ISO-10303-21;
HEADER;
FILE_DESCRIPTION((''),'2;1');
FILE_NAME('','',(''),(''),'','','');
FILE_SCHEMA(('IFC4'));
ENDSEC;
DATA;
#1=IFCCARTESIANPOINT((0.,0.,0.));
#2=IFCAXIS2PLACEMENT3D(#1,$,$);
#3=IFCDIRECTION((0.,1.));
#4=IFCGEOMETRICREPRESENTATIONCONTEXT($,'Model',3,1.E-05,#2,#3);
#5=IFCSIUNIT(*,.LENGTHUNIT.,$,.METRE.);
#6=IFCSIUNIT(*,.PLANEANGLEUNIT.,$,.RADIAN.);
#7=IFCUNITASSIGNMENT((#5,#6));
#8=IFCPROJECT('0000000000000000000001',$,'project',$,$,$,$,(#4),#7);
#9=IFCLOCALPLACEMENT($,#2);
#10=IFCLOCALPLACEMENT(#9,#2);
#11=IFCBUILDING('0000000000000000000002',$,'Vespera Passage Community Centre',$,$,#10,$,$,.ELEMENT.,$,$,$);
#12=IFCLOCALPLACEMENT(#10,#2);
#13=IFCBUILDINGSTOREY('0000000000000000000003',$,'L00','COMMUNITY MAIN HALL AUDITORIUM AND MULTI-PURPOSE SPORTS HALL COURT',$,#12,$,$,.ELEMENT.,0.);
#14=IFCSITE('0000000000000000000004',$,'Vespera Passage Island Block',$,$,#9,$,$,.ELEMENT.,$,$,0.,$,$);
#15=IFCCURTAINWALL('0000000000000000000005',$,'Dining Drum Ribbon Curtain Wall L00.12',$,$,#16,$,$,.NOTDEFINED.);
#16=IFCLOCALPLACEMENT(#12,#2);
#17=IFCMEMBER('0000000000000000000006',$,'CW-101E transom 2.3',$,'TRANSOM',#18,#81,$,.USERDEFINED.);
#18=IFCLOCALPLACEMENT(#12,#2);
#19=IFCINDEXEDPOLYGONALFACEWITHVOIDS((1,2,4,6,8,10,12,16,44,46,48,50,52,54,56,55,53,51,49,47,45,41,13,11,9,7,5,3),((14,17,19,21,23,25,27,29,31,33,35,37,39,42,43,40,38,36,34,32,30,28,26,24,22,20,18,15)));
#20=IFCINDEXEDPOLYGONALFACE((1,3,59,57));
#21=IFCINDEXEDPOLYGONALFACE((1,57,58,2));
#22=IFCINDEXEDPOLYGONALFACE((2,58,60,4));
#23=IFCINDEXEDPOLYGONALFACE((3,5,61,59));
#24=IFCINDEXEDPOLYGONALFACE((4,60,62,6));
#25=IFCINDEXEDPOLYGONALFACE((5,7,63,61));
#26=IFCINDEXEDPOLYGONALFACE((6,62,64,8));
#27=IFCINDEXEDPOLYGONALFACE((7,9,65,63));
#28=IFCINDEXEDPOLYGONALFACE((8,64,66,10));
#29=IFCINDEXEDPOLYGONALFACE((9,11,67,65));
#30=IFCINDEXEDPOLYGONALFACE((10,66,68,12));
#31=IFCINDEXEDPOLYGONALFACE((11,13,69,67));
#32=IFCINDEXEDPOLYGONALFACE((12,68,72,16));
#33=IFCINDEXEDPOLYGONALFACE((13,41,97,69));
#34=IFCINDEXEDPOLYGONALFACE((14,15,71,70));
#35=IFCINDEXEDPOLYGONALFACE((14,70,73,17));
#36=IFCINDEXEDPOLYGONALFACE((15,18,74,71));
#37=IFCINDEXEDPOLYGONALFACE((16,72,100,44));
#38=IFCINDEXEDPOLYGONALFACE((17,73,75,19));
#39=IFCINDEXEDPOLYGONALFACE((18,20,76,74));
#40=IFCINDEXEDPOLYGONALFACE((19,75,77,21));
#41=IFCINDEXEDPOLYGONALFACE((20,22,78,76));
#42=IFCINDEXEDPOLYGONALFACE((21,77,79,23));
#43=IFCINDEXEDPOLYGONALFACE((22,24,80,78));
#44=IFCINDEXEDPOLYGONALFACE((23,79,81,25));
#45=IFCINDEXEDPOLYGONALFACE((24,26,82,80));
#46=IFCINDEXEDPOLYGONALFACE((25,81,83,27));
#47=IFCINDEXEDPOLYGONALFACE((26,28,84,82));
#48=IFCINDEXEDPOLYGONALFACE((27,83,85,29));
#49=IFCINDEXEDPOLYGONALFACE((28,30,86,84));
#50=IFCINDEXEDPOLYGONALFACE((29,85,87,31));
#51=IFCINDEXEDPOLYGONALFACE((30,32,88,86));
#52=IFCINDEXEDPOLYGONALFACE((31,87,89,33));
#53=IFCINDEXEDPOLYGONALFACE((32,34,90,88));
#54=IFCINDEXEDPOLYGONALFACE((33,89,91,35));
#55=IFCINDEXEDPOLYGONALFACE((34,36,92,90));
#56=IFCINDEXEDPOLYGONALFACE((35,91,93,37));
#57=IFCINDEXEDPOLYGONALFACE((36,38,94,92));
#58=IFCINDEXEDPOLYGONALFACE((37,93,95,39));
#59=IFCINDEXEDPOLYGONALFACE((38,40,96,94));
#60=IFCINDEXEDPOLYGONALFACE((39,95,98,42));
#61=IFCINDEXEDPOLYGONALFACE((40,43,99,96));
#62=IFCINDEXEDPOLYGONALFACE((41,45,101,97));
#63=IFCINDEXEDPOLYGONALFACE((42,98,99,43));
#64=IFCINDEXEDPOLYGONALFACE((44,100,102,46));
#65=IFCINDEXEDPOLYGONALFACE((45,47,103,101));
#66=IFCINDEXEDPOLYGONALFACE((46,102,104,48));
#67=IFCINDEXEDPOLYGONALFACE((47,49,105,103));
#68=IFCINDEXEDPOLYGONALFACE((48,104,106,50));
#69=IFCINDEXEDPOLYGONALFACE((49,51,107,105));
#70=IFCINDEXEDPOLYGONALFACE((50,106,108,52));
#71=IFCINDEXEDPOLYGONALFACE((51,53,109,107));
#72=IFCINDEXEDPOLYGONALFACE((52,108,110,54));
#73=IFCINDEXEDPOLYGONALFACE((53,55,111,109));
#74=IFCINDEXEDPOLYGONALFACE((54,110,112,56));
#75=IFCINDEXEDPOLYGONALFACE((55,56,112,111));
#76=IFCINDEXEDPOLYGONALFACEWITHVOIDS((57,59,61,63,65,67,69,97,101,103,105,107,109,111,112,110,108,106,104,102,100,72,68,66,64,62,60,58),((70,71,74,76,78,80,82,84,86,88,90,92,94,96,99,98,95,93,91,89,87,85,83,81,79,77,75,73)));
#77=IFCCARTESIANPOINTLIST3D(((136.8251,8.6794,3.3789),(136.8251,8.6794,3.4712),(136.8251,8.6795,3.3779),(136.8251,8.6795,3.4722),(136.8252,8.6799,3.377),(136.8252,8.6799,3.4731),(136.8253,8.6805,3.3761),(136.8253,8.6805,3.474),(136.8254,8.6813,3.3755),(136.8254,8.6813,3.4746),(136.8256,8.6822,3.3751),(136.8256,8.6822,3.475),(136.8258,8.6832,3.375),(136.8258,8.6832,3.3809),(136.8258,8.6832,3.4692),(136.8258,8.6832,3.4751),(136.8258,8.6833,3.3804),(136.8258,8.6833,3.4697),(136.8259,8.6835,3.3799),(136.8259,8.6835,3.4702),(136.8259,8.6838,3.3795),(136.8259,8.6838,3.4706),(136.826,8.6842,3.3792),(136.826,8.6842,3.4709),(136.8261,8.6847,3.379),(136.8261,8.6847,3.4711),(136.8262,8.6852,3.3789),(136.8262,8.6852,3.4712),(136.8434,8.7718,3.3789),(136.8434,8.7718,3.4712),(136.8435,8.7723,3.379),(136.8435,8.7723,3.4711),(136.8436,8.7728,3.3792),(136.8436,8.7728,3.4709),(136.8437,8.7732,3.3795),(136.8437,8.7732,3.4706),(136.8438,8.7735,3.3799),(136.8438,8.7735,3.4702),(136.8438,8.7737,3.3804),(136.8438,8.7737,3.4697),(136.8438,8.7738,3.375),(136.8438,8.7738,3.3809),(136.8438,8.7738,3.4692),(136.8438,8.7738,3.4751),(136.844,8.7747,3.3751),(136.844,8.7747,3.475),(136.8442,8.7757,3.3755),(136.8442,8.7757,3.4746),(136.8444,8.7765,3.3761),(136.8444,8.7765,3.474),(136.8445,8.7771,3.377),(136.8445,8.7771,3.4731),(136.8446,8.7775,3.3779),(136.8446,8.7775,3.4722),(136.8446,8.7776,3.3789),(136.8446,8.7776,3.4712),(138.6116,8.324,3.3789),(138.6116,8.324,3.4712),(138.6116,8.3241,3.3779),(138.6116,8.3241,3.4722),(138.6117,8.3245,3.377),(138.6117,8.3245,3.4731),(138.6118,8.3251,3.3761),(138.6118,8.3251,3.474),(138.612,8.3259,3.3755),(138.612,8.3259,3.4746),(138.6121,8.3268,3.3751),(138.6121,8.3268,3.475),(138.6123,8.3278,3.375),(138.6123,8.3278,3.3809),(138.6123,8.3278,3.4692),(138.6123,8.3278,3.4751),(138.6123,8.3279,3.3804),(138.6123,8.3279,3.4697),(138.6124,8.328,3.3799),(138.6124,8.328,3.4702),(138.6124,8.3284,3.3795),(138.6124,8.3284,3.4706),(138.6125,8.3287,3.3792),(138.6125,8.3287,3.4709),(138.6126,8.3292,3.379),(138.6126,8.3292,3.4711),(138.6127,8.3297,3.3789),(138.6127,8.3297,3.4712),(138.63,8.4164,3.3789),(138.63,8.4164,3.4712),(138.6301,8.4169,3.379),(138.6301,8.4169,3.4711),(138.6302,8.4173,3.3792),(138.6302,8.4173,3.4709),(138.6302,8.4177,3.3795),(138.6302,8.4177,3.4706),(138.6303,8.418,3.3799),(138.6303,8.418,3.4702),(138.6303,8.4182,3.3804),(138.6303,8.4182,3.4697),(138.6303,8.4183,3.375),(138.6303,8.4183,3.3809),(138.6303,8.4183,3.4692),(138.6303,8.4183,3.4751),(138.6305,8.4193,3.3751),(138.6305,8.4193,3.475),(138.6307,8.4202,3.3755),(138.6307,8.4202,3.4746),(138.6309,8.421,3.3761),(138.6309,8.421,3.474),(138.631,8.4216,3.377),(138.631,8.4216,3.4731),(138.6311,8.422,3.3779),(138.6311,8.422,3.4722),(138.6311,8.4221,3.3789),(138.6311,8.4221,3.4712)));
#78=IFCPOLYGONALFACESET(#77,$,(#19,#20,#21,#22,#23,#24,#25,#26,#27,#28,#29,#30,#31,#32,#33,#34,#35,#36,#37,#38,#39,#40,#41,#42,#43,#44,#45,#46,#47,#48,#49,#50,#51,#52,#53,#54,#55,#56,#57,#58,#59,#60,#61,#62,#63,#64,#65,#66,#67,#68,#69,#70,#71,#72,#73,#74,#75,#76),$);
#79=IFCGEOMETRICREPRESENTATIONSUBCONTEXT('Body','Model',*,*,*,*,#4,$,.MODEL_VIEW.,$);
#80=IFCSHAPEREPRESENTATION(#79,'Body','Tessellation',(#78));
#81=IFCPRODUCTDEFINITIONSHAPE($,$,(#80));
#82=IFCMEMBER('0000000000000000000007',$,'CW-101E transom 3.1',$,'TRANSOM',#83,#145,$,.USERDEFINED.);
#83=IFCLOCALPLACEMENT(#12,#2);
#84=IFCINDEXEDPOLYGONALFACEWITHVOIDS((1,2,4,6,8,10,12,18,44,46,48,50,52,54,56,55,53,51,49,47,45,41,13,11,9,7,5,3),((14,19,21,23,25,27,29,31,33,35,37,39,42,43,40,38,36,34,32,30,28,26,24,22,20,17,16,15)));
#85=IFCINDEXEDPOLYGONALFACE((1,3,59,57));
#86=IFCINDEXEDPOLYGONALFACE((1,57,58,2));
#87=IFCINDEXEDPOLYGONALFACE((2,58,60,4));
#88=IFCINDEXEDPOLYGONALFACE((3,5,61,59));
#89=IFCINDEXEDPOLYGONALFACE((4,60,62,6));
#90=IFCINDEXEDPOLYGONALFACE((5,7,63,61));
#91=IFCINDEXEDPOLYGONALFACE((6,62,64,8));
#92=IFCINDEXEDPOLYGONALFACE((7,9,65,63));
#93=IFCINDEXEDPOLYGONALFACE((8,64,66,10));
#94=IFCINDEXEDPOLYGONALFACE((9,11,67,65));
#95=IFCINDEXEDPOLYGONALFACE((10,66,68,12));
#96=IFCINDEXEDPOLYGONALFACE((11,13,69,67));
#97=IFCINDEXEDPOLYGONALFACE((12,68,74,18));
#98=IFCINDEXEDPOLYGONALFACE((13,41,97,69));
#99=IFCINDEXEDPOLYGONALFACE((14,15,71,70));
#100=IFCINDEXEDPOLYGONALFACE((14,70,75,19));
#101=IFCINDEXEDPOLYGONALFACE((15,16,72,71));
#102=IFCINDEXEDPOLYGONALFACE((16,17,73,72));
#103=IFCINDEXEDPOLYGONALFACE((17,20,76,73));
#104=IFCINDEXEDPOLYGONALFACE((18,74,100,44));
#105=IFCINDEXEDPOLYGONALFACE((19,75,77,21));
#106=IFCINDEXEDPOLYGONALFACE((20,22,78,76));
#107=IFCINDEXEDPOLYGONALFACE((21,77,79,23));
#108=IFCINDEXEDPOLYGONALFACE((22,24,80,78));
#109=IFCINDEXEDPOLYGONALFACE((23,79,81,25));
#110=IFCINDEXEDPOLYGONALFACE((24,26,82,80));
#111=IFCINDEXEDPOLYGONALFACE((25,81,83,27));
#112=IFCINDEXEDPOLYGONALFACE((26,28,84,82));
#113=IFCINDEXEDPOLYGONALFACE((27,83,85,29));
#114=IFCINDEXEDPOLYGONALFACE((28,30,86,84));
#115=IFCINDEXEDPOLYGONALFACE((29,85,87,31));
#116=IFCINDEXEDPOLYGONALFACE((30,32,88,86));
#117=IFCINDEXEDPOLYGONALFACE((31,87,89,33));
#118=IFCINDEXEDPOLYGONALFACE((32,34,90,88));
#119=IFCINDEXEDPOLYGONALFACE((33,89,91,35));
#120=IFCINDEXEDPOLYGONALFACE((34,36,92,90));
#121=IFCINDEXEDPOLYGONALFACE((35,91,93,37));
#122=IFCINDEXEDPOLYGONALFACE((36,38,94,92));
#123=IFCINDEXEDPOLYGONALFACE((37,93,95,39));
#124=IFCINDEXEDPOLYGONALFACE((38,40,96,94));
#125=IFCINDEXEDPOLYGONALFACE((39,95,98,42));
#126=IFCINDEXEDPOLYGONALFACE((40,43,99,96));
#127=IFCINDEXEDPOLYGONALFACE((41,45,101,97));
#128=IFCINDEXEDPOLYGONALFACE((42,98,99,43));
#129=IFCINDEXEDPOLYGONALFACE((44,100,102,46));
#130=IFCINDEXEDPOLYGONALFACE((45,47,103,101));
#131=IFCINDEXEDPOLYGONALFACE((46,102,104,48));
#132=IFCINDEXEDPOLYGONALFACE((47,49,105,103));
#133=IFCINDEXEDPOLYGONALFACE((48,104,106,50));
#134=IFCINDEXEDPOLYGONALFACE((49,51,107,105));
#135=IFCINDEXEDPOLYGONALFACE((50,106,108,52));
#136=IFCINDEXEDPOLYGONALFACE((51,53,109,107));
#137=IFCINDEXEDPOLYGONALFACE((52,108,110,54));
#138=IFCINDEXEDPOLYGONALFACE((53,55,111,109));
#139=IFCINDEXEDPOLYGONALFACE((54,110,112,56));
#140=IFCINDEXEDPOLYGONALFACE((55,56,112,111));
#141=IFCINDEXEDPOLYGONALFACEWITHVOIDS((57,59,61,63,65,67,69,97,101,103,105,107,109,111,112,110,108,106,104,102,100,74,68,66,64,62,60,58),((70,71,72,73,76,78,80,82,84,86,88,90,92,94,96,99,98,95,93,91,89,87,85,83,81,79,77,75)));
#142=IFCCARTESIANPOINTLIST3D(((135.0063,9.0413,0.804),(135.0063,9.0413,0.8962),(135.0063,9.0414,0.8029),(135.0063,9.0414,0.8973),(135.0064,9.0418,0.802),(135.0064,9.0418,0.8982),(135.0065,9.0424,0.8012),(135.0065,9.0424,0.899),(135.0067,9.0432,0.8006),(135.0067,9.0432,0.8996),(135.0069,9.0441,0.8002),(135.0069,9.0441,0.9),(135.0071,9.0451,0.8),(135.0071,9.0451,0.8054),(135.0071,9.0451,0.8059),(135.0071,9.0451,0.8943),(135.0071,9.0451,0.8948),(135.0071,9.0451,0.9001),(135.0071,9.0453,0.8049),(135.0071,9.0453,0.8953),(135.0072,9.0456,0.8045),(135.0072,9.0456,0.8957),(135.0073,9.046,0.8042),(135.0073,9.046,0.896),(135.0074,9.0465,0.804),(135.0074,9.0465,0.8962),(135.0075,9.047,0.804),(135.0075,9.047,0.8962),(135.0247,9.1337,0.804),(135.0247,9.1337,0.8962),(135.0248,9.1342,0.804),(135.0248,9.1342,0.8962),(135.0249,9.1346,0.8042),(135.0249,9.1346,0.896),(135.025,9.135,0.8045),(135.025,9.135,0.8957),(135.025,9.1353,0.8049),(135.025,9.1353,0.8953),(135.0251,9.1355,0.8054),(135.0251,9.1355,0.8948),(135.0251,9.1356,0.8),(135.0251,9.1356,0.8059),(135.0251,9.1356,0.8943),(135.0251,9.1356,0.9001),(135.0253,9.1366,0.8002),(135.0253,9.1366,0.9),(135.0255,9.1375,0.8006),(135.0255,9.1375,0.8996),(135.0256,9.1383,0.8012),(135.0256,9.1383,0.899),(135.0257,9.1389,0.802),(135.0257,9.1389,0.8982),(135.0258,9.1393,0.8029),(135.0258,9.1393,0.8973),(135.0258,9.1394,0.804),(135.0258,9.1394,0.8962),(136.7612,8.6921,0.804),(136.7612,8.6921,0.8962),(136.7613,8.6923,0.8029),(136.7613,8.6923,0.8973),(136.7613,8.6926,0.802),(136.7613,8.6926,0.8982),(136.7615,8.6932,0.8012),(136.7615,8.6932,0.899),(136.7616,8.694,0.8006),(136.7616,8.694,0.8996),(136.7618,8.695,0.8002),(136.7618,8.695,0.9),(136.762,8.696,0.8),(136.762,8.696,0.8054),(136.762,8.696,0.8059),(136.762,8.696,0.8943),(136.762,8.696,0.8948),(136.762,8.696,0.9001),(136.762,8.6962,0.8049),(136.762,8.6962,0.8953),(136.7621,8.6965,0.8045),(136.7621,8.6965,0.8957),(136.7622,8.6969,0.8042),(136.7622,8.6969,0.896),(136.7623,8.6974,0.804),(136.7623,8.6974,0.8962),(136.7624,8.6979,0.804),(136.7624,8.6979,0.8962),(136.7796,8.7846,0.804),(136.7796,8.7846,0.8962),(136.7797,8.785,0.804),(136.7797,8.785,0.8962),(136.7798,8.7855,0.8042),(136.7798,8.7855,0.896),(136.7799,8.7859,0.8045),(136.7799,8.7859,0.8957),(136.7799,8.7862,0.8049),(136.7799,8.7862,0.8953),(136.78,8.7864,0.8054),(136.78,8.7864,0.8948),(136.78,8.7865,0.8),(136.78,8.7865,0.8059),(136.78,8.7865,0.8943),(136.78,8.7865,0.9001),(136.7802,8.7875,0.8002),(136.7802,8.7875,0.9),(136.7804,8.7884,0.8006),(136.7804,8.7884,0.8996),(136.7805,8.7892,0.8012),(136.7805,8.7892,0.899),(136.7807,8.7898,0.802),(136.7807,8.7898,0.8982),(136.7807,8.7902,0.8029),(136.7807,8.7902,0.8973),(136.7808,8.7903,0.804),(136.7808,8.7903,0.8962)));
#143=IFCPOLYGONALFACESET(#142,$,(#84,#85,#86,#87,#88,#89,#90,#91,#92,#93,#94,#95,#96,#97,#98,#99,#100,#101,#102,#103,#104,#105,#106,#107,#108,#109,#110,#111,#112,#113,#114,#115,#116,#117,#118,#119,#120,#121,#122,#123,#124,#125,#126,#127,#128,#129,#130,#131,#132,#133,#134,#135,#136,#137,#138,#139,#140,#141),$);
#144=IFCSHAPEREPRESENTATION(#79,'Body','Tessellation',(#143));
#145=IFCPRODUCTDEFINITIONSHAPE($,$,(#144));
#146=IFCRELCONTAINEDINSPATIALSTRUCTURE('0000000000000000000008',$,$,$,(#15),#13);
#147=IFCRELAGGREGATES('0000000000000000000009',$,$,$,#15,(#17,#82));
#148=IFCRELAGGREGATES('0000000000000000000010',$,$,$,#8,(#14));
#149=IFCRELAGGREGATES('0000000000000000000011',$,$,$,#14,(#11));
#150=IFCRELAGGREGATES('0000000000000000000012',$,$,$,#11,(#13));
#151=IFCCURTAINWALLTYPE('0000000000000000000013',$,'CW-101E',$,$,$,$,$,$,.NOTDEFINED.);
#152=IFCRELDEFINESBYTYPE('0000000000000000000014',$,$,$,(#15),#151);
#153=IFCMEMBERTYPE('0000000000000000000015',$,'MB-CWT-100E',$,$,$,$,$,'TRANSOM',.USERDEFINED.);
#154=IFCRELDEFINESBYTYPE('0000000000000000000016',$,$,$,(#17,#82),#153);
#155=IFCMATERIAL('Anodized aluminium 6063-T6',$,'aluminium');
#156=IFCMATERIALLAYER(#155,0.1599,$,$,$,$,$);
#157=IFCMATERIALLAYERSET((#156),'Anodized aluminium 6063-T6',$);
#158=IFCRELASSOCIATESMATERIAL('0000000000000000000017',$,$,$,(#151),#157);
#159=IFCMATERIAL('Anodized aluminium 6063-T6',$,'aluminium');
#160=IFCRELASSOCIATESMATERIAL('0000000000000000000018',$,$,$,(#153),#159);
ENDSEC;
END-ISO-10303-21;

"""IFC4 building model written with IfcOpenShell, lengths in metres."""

from ifc_helpers import new_model, si_unit, direction, frame, origin, origin_2d, place, context, subcontext, project, spatial, hollow_rectangle, extrude, material, layer, layer_set, material_profile, profile_set, type_object, element, aggregate, save


model = new_model("IFC4")

# Units and contexts
model_context = context("Model", 3, precision=1e-05, world=origin(), true_north=direction((0.0, 1.0)))
body_context = subcontext(model_context, "Body", "Model", "MODEL_VIEW")
ifc_project = project(units=[si_unit("LENGTHUNIT", "METRE"), si_unit("PLANEANGLEUNIT", "RADIAN")], contexts=[model_context])

# Site, building, storey
site_placement = place(None, origin())
site = spatial("IfcSite", under=ifc_project, at=site_placement, Name="Vespera Passage Island Block", CompositionType="ELEMENT", RefElevation=0.0)
building_placement = place(site_placement, origin())
building = spatial("IfcBuilding", under=site, at=building_placement, Name="Vespera Passage Community Centre", CompositionType="ELEMENT")
storey_placement = place(building_placement, origin())
storey = spatial("IfcBuildingStorey", under=building, at=storey_placement, Name="L00", Description="COMMUNITY MAIN HALL AUDITORIUM AND MULTI-PURPOSE SPORTS HALL COURT", CompositionType="ELEMENT", Elevation=0.0)

# Curtain wall, members
ifc_material_1 = material(Name="Anodized aluminium 6063-T6", Category="aluminium")
ifc_layer_1 = layer(ifc_material_1, 0.1599)
ifc_layer_set_1 = layer_set([ifc_layer_1], Name="Anodized aluminium 6063-T6")
curtain_wall_type_1 = type_object("IfcCurtainWallType", Name="CW-101E", PredefinedType="NOTDEFINED", material=ifc_layer_set_1)
curtain_wall_1_placement = place(storey_placement, origin())
curtain_wall_1 = element("IfcCurtainWall", 1, at=curtain_wall_1_placement, inside=storey, type_object=curtain_wall_type_1, Name="Dining Drum Ribbon Curtain Wall L00.12", PredefinedType="NOTDEFINED")
ifc_material_2 = material(Name="Anodized aluminium 6063-T6", Category="aluminium")
ifc_material_profile_1 = material_profile(ifc_material_2, hollow_rectangle(XDim=0.1001, YDim=0.1001, WallThickness=0.0039, InnerFilletRadius=0.002, OuterFilletRadius=0.0039, at=origin_2d()), Name="ALU100X100X4")
ifc_profile_set_1 = profile_set([ifc_material_profile_1], Name="Anodized aluminium 6063-T6")
member_type_1 = type_object("IfcMemberType", Name="MB-CWT-100E", ElementType="TRANSOM", PredefinedType="USERDEFINED", material=ifc_profile_set_1)
member_1_placement = place(storey_placement, frame((138.6213, 8.373, 3.425), z_axis=(-0.980776, 0.195137, 0.0), x_axis=(-0.195137, -0.980776, 0.0)))
member_1 = element("IfcMember", 2, at=member_1_placement, type_object=member_type_1, Name="CW-101E transom 2.3", ObjectType="TRANSOM", PredefinedType="USERDEFINED", context=body_context, shape_type="SweptSolid", body=[
    extrude(hollow_rectangle(XDim=0.1001, YDim=0.1001, WallThickness=0.0039, InnerFilletRadius=0.002, OuterFilletRadius=0.0039, at=origin_2d()), origin(), (0.0, 0.0, 1.0), 1.8215),
])
member_2_placement = place(storey_placement, frame((136.771, 8.7412, 0.8501), z_axis=(-0.98078, 0.195119, 0.0), x_axis=(-0.195119, -0.98078, 0.0)))
member_2 = element("IfcMember", 3, at=member_2_placement, type_object=member_type_1, Name="CW-101E transom 3.1", ObjectType="TRANSOM", PredefinedType="USERDEFINED", context=body_context, shape_type="SweptSolid", body=[
    extrude(hollow_rectangle(XDim=0.1001, YDim=0.1001, WallThickness=0.0039, InnerFilletRadius=0.002, OuterFilletRadius=0.0039, at=origin_2d()), origin(), (0.0, 0.0, 1.0), 1.7893),
])

aggregate(curtain_wall_1, [member_1, member_2])

save(model, "model.ifc")
